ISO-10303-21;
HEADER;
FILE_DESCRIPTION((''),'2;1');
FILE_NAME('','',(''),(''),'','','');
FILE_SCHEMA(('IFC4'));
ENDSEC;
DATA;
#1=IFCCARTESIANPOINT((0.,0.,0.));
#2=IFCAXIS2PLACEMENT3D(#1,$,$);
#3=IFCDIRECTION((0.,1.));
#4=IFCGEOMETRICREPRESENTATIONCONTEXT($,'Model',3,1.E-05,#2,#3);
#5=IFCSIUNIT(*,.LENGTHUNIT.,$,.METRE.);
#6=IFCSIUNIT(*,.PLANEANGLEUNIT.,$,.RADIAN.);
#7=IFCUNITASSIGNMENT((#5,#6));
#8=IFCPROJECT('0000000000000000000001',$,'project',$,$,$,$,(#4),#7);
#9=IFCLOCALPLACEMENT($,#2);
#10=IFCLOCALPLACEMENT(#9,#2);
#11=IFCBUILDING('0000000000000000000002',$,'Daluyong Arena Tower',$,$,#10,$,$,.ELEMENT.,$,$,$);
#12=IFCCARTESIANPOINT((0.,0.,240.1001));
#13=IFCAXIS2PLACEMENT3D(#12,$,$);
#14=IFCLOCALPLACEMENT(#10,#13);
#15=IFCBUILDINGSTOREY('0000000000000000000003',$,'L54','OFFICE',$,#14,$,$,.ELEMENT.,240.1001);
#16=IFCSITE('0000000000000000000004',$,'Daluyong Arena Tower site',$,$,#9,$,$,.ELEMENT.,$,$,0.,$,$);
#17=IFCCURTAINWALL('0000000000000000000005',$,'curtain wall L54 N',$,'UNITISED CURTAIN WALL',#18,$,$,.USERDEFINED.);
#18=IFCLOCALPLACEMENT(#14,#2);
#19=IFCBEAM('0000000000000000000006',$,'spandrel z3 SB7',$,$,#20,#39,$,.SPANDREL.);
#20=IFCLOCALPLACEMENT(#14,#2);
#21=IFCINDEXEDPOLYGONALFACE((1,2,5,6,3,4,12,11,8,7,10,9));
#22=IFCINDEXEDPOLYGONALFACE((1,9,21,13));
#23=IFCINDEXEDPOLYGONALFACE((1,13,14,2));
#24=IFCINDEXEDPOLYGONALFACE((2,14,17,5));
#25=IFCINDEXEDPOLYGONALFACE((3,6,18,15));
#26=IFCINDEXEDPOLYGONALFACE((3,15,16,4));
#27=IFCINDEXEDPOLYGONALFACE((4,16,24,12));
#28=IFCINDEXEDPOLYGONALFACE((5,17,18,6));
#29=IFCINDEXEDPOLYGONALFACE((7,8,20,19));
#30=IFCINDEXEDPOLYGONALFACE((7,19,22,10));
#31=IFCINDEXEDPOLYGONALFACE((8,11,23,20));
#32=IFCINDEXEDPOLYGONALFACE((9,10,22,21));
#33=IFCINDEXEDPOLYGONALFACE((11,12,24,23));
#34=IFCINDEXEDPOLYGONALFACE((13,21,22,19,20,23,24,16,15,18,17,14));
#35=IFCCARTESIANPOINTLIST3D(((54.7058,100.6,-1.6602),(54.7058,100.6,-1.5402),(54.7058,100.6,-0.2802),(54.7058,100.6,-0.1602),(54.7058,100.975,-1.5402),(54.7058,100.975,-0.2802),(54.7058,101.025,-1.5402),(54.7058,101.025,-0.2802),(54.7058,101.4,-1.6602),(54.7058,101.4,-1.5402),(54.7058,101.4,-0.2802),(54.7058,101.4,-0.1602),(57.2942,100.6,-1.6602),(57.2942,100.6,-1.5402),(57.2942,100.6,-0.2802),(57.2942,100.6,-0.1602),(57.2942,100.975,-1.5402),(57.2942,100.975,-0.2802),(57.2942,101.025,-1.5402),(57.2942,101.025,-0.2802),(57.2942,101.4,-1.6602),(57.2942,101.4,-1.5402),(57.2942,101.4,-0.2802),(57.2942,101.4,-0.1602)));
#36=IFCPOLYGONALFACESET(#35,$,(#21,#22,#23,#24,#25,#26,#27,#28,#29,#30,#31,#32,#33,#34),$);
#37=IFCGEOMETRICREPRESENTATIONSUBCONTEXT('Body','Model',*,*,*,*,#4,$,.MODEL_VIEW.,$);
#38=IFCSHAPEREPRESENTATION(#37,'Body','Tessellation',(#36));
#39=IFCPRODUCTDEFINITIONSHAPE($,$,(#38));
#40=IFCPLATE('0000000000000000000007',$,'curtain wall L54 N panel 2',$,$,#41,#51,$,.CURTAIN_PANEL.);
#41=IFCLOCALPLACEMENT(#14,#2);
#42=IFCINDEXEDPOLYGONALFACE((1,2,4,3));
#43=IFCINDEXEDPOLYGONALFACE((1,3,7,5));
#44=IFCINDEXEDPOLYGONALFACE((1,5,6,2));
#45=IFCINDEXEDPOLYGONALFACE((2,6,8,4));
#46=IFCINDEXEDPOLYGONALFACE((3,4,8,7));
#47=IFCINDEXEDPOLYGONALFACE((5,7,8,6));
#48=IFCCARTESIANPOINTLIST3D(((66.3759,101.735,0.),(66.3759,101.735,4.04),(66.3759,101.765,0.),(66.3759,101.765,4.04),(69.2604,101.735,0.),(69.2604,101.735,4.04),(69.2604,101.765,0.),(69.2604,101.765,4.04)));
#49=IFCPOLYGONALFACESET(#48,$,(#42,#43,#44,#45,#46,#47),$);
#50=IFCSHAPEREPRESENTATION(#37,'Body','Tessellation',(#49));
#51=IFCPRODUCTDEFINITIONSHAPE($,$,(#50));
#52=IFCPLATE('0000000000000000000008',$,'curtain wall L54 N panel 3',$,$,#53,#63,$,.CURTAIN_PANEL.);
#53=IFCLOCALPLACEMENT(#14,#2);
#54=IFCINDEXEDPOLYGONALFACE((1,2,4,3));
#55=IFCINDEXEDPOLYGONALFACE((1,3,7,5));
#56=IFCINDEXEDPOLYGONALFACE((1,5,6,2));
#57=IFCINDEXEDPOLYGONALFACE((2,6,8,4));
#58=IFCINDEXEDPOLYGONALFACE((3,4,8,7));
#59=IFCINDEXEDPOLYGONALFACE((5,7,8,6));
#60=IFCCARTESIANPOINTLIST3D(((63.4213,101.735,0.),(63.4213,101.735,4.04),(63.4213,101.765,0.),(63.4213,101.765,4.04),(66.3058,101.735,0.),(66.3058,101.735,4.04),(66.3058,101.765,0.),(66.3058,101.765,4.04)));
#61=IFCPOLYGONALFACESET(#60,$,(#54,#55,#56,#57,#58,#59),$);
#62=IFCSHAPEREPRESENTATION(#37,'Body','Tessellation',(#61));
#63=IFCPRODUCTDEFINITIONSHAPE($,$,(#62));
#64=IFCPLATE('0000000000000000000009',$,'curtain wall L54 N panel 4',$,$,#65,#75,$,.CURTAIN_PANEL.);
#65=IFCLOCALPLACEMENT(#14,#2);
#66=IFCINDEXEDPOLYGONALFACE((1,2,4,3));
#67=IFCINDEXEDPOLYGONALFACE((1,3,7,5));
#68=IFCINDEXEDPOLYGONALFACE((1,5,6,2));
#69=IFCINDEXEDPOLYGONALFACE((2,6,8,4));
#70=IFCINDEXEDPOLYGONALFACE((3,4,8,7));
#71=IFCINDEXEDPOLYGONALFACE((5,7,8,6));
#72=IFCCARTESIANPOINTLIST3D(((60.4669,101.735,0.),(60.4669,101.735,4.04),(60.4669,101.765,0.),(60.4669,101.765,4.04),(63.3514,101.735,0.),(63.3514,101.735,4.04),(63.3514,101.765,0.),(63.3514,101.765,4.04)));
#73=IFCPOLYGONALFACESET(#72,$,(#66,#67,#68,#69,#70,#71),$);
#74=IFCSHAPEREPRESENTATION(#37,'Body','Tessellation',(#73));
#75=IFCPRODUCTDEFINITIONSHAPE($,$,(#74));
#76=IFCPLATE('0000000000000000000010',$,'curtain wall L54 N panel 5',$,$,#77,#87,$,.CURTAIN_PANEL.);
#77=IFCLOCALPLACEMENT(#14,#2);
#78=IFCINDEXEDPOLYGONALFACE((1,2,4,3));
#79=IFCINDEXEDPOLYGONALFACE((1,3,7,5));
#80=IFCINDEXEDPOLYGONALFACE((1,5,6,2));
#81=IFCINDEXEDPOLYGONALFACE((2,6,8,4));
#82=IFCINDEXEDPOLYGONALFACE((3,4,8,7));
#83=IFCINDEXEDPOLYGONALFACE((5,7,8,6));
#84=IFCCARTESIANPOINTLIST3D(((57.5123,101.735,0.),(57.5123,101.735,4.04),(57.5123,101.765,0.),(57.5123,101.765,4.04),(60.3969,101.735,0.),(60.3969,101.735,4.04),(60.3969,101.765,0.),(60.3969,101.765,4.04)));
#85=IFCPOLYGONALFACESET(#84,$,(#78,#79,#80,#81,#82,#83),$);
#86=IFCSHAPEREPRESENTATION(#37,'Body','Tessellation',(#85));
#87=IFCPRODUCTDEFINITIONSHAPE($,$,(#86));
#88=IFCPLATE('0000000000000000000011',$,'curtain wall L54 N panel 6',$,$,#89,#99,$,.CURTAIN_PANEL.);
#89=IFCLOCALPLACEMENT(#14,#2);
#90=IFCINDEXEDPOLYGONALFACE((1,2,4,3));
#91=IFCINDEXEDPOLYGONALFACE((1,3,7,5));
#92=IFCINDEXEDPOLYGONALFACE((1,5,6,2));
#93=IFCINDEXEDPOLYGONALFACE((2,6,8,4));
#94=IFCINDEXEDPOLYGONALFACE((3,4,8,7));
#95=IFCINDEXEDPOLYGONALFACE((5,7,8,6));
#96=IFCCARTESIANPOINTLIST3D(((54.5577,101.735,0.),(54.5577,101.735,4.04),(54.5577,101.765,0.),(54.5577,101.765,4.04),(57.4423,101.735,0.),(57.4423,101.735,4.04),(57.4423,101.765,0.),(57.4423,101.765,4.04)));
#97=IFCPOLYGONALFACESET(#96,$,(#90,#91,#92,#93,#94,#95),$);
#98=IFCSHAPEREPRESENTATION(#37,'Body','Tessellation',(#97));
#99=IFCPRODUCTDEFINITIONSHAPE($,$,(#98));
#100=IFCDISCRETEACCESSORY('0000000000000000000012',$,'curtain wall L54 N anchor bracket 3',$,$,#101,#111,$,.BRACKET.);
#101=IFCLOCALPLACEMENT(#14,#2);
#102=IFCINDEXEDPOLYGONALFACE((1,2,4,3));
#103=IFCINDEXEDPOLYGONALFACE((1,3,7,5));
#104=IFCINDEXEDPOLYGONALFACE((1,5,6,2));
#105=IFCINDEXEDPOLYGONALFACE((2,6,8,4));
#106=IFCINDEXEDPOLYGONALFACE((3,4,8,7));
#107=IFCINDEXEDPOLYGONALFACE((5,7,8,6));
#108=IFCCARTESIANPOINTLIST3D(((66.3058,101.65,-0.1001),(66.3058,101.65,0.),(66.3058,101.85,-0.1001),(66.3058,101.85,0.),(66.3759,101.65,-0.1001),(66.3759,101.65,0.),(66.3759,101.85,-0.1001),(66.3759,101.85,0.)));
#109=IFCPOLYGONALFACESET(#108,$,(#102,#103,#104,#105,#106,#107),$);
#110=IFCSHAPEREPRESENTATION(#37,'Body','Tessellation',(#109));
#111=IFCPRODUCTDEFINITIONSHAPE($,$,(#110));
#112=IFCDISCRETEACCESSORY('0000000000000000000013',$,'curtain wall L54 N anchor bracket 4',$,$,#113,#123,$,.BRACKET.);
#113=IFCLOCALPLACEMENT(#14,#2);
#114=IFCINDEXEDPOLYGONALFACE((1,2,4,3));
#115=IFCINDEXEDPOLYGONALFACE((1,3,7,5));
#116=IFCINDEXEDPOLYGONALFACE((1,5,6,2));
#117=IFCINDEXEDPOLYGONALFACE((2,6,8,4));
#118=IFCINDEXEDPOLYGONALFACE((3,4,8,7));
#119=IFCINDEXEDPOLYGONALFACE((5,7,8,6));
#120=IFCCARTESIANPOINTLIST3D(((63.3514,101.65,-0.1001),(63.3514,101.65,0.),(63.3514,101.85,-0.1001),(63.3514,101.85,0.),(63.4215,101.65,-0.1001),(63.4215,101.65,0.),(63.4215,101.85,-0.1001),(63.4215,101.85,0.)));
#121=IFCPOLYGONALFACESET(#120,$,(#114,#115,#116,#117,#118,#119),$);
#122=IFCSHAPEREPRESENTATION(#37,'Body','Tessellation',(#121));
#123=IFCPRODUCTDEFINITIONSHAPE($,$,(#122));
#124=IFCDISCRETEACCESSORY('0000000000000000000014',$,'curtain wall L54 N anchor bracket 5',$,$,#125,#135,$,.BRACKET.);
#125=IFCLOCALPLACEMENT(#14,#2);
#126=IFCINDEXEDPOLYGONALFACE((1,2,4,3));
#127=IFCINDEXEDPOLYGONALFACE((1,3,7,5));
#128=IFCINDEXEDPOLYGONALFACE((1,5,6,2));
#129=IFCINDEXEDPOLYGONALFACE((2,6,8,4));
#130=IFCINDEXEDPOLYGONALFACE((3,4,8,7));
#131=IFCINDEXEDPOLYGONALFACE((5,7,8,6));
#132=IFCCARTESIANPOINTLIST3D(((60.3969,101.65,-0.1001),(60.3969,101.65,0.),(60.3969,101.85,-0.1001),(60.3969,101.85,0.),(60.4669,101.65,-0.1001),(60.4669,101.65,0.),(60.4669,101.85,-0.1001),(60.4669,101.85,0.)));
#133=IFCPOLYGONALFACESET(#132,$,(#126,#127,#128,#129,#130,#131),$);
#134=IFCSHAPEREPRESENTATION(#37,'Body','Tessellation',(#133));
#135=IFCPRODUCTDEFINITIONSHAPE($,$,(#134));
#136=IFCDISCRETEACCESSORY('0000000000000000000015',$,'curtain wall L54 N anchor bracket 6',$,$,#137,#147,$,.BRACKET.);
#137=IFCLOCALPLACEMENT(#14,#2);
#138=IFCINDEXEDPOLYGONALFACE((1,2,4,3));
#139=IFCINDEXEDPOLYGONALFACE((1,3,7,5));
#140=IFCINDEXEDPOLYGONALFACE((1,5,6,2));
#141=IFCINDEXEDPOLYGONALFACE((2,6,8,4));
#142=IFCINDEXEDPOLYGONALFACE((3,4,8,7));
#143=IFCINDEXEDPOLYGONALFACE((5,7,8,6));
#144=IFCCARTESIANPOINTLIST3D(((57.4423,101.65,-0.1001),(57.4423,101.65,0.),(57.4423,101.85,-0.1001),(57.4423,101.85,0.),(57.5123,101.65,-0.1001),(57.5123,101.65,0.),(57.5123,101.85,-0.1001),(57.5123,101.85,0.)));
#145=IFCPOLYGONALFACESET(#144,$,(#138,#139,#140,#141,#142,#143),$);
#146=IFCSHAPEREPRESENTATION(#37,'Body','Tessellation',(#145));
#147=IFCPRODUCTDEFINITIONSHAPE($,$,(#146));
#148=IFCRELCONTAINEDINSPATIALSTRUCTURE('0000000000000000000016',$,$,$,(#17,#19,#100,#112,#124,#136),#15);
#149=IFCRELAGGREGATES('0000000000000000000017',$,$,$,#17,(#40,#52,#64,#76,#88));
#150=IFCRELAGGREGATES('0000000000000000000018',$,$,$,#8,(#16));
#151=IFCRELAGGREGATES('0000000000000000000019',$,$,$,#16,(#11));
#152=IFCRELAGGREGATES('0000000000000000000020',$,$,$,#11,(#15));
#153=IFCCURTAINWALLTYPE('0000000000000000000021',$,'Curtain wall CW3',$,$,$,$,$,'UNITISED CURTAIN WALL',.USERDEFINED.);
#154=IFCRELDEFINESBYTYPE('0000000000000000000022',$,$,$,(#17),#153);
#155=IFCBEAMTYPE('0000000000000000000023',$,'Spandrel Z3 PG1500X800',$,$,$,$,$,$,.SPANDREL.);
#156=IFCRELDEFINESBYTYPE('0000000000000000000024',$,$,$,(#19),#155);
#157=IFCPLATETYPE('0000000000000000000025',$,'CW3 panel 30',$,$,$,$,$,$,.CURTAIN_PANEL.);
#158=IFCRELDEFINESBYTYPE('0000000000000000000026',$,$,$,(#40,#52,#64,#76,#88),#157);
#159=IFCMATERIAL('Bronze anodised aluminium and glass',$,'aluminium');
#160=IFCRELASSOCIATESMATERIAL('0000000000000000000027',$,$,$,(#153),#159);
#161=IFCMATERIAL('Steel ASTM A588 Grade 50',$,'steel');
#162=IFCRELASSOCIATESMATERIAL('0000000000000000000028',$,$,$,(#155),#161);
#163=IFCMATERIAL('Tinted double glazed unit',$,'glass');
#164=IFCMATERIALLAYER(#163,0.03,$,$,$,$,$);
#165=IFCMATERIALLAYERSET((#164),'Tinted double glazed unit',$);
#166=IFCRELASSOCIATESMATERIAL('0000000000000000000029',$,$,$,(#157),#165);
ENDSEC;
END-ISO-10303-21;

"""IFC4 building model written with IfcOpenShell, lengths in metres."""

from ifc_helpers import new_model, si_unit, direction, frame, origin, origin_2d, place, context, subcontext, project, spatial, rectangle, i_section, extrude, material, layer, layer_set, material_profile, profile_set, type_object, element, aggregate, save


model = new_model("IFC4")

# Units and contexts
model_context = context("Model", 3, precision=1e-05, world=origin(), true_north=direction((0.0, 1.0)))
body_context = subcontext(model_context, "Body", "Model", "MODEL_VIEW")
ifc_project = project(units=[si_unit("LENGTHUNIT", "METRE"), si_unit("PLANEANGLEUNIT", "RADIAN")], contexts=[model_context])

# Site, building, storey
site_placement = place(None, origin())
site = spatial("IfcSite", under=ifc_project, at=site_placement, Name="Daluyong Arena Tower site", CompositionType="ELEMENT", RefElevation=0.0)
building_placement = place(site_placement, origin())
building = spatial("IfcBuilding", under=site, at=building_placement, Name="Daluyong Arena Tower", CompositionType="ELEMENT")
storey_placement = place(building_placement, frame((0.0, 0.0, 240.1001)))
storey = spatial("IfcBuildingStorey", under=building, at=storey_placement, Name="L54", Description="OFFICE", CompositionType="ELEMENT", Elevation=240.1001)

# Curtain wall
ifc_material_1 = material(Name="Bronze anodised aluminium and glass", Category="aluminium")
curtain_wall_type = type_object("IfcCurtainWallType", Name="Curtain wall CW3", ElementType="UNITISED CURTAIN WALL", PredefinedType="USERDEFINED", material=ifc_material_1)
curtain_wall_placement = place(storey_placement, origin())
curtain_wall = element("IfcCurtainWall", 1, at=curtain_wall_placement, inside=storey, type_object=curtain_wall_type, Name="curtain wall L54 N", ObjectType="UNITISED CURTAIN WALL", PredefinedType="USERDEFINED")

# Beam
ifc_material_2 = material(Name="Steel ASTM A588 Grade 50", Category="steel")
ifc_material_profile_1 = material_profile(ifc_material_2, i_section(OverallWidth=0.8, OverallDepth=1.5, WebThickness=0.05, FlangeThickness=0.12, at=origin_2d()))
ifc_profile_set_1 = profile_set([ifc_material_profile_1], Name="Steel ASTM A588 Grade 50")
beam_type_1 = type_object("IfcBeamType", Name="Spandrel Z3 PG1500X800", PredefinedType="SPANDREL", material=ifc_profile_set_1)
beam_1_placement = place(storey_placement, frame((57.2942, 101.0, -0.9102), z_axis=(-1.0, 0.0, 0.0), x_axis=(0.0, -1.0, 0.0)))
element("IfcBeam", 2, at=beam_1_placement, inside=storey, type_object=beam_type_1, Name="spandrel z3 SB7", PredefinedType="SPANDREL", context=body_context, shape_type="SweptSolid", body=[
    extrude(i_section(OverallWidth=0.8, OverallDepth=1.5, WebThickness=0.05, FlangeThickness=0.12, at=origin_2d()), origin(), (0.0, 0.0, 1.0), 2.5884),
])

# Plates
ifc_material_3 = material(Name="Tinted double glazed unit", Category="glass")
ifc_layer = layer(ifc_material_3, 0.03)
ifc_layer_set = layer_set([ifc_layer], Name="Tinted double glazed unit")
plate_type = type_object("IfcPlateType", Name="CW3 panel 30", PredefinedType="CURTAIN_PANEL", material=ifc_layer_set)
plate_1_placement = place(storey_placement, frame((67.8181, 101.75, 0.0), z_axis=(0.0, 0.0, 1.0), x_axis=(-1.0, 0.0, 0.0)))
plate_1 = element("IfcPlate", 3, at=plate_1_placement, type_object=plate_type, Name="curtain wall L54 N panel 2", PredefinedType="CURTAIN_PANEL", context=body_context, shape_type="SweptSolid", body=[
    extrude(rectangle(XDim=2.8845, YDim=0.03, at=origin_2d()), origin(), (0.0, 0.0, 1.0), 4.04),
])
plate_2_placement = place(storey_placement, frame((64.8635, 101.75, 0.0), z_axis=(0.0, 0.0, 1.0), x_axis=(-1.0, 0.0, 0.0)))
plate_2 = element("IfcPlate", 4, at=plate_2_placement, type_object=plate_type, Name="curtain wall L54 N panel 3", PredefinedType="CURTAIN_PANEL", context=body_context, shape_type="SweptSolid", body=[
    extrude(rectangle(XDim=2.8845, YDim=0.03, at=origin_2d()), origin(), (0.0, 0.0, 1.0), 4.04),
])
plate_3_placement = place(storey_placement, frame((61.9092, 101.75, 0.0), z_axis=(0.0, 0.0, 1.0), x_axis=(-1.0, 0.0, 0.0)))
plate_3 = element("IfcPlate", 5, at=plate_3_placement, type_object=plate_type, Name="curtain wall L54 N panel 4", PredefinedType="CURTAIN_PANEL", context=body_context, shape_type="SweptSolid", body=[
    extrude(rectangle(XDim=2.8845, YDim=0.03, at=origin_2d()), origin(), (0.0, 0.0, 1.0), 4.04),
])
plate_4_placement = place(storey_placement, frame((58.9546, 101.75, 0.0), z_axis=(0.0, 0.0, 1.0), x_axis=(-1.0, 0.0, 0.0)))
plate_4 = element("IfcPlate", 6, at=plate_4_placement, type_object=plate_type, Name="curtain wall L54 N panel 5", PredefinedType="CURTAIN_PANEL", context=body_context, shape_type="SweptSolid", body=[
    extrude(rectangle(XDim=2.8845, YDim=0.03, at=origin_2d()), origin(), (0.0, 0.0, 1.0), 4.04),
])
plate_5_placement = place(storey_placement, frame((56.0, 101.75, 0.0), z_axis=(0.0, 0.0, 1.0), x_axis=(-1.0, 0.0, 0.0)))
plate_5 = element("IfcPlate", 7, at=plate_5_placement, type_object=plate_type, Name="curtain wall L54 N panel 6", PredefinedType="CURTAIN_PANEL", context=body_context, shape_type="SweptSolid", body=[
    extrude(rectangle(XDim=2.8845, YDim=0.03, at=origin_2d()), origin(), (0.0, 0.0, 1.0), 4.04),
])
aggregate(curtain_wall, [plate_1, plate_2, plate_3, plate_4, plate_5])

# Discrete accessories
for number, where, z_axis, x_axis, name in (
    (8, (66.3408, 101.75, -0.1001), (0.0, 0.0, 1.0), (-1.0, 0.0, 0.0), "curtain wall L54 N anchor bracket 3"),
    (9, (63.3865, 101.75, -0.1001), (0.0, 0.0, 1.0), (-1.0, 0.0, 0.0), "curtain wall L54 N anchor bracket 4"),
    (10, (60.4319, 101.75, -0.1001), (0.0, 0.0, 1.0), (-1.0, 0.0, 0.0), "curtain wall L54 N anchor bracket 5"),
    (11, (57.4773, 101.75, -0.1001), (0.0, 0.0, 1.0), (-1.0, 0.0, 0.0), "curtain wall L54 N anchor bracket 6"),
):
    element("IfcDiscreteAccessory", number, at=place(storey_placement, frame(where, z_axis=z_axis, x_axis=x_axis)), inside=storey, Name=name, PredefinedType="BRACKET", context=body_context, shape_type="SweptSolid", body=[
        extrude(rectangle(XDim=0.0701, YDim=0.2, at=origin_2d()), origin(), (0.0, 0.0, 1.0), 0.1001),
    ])

save(model, "model.ifc")
